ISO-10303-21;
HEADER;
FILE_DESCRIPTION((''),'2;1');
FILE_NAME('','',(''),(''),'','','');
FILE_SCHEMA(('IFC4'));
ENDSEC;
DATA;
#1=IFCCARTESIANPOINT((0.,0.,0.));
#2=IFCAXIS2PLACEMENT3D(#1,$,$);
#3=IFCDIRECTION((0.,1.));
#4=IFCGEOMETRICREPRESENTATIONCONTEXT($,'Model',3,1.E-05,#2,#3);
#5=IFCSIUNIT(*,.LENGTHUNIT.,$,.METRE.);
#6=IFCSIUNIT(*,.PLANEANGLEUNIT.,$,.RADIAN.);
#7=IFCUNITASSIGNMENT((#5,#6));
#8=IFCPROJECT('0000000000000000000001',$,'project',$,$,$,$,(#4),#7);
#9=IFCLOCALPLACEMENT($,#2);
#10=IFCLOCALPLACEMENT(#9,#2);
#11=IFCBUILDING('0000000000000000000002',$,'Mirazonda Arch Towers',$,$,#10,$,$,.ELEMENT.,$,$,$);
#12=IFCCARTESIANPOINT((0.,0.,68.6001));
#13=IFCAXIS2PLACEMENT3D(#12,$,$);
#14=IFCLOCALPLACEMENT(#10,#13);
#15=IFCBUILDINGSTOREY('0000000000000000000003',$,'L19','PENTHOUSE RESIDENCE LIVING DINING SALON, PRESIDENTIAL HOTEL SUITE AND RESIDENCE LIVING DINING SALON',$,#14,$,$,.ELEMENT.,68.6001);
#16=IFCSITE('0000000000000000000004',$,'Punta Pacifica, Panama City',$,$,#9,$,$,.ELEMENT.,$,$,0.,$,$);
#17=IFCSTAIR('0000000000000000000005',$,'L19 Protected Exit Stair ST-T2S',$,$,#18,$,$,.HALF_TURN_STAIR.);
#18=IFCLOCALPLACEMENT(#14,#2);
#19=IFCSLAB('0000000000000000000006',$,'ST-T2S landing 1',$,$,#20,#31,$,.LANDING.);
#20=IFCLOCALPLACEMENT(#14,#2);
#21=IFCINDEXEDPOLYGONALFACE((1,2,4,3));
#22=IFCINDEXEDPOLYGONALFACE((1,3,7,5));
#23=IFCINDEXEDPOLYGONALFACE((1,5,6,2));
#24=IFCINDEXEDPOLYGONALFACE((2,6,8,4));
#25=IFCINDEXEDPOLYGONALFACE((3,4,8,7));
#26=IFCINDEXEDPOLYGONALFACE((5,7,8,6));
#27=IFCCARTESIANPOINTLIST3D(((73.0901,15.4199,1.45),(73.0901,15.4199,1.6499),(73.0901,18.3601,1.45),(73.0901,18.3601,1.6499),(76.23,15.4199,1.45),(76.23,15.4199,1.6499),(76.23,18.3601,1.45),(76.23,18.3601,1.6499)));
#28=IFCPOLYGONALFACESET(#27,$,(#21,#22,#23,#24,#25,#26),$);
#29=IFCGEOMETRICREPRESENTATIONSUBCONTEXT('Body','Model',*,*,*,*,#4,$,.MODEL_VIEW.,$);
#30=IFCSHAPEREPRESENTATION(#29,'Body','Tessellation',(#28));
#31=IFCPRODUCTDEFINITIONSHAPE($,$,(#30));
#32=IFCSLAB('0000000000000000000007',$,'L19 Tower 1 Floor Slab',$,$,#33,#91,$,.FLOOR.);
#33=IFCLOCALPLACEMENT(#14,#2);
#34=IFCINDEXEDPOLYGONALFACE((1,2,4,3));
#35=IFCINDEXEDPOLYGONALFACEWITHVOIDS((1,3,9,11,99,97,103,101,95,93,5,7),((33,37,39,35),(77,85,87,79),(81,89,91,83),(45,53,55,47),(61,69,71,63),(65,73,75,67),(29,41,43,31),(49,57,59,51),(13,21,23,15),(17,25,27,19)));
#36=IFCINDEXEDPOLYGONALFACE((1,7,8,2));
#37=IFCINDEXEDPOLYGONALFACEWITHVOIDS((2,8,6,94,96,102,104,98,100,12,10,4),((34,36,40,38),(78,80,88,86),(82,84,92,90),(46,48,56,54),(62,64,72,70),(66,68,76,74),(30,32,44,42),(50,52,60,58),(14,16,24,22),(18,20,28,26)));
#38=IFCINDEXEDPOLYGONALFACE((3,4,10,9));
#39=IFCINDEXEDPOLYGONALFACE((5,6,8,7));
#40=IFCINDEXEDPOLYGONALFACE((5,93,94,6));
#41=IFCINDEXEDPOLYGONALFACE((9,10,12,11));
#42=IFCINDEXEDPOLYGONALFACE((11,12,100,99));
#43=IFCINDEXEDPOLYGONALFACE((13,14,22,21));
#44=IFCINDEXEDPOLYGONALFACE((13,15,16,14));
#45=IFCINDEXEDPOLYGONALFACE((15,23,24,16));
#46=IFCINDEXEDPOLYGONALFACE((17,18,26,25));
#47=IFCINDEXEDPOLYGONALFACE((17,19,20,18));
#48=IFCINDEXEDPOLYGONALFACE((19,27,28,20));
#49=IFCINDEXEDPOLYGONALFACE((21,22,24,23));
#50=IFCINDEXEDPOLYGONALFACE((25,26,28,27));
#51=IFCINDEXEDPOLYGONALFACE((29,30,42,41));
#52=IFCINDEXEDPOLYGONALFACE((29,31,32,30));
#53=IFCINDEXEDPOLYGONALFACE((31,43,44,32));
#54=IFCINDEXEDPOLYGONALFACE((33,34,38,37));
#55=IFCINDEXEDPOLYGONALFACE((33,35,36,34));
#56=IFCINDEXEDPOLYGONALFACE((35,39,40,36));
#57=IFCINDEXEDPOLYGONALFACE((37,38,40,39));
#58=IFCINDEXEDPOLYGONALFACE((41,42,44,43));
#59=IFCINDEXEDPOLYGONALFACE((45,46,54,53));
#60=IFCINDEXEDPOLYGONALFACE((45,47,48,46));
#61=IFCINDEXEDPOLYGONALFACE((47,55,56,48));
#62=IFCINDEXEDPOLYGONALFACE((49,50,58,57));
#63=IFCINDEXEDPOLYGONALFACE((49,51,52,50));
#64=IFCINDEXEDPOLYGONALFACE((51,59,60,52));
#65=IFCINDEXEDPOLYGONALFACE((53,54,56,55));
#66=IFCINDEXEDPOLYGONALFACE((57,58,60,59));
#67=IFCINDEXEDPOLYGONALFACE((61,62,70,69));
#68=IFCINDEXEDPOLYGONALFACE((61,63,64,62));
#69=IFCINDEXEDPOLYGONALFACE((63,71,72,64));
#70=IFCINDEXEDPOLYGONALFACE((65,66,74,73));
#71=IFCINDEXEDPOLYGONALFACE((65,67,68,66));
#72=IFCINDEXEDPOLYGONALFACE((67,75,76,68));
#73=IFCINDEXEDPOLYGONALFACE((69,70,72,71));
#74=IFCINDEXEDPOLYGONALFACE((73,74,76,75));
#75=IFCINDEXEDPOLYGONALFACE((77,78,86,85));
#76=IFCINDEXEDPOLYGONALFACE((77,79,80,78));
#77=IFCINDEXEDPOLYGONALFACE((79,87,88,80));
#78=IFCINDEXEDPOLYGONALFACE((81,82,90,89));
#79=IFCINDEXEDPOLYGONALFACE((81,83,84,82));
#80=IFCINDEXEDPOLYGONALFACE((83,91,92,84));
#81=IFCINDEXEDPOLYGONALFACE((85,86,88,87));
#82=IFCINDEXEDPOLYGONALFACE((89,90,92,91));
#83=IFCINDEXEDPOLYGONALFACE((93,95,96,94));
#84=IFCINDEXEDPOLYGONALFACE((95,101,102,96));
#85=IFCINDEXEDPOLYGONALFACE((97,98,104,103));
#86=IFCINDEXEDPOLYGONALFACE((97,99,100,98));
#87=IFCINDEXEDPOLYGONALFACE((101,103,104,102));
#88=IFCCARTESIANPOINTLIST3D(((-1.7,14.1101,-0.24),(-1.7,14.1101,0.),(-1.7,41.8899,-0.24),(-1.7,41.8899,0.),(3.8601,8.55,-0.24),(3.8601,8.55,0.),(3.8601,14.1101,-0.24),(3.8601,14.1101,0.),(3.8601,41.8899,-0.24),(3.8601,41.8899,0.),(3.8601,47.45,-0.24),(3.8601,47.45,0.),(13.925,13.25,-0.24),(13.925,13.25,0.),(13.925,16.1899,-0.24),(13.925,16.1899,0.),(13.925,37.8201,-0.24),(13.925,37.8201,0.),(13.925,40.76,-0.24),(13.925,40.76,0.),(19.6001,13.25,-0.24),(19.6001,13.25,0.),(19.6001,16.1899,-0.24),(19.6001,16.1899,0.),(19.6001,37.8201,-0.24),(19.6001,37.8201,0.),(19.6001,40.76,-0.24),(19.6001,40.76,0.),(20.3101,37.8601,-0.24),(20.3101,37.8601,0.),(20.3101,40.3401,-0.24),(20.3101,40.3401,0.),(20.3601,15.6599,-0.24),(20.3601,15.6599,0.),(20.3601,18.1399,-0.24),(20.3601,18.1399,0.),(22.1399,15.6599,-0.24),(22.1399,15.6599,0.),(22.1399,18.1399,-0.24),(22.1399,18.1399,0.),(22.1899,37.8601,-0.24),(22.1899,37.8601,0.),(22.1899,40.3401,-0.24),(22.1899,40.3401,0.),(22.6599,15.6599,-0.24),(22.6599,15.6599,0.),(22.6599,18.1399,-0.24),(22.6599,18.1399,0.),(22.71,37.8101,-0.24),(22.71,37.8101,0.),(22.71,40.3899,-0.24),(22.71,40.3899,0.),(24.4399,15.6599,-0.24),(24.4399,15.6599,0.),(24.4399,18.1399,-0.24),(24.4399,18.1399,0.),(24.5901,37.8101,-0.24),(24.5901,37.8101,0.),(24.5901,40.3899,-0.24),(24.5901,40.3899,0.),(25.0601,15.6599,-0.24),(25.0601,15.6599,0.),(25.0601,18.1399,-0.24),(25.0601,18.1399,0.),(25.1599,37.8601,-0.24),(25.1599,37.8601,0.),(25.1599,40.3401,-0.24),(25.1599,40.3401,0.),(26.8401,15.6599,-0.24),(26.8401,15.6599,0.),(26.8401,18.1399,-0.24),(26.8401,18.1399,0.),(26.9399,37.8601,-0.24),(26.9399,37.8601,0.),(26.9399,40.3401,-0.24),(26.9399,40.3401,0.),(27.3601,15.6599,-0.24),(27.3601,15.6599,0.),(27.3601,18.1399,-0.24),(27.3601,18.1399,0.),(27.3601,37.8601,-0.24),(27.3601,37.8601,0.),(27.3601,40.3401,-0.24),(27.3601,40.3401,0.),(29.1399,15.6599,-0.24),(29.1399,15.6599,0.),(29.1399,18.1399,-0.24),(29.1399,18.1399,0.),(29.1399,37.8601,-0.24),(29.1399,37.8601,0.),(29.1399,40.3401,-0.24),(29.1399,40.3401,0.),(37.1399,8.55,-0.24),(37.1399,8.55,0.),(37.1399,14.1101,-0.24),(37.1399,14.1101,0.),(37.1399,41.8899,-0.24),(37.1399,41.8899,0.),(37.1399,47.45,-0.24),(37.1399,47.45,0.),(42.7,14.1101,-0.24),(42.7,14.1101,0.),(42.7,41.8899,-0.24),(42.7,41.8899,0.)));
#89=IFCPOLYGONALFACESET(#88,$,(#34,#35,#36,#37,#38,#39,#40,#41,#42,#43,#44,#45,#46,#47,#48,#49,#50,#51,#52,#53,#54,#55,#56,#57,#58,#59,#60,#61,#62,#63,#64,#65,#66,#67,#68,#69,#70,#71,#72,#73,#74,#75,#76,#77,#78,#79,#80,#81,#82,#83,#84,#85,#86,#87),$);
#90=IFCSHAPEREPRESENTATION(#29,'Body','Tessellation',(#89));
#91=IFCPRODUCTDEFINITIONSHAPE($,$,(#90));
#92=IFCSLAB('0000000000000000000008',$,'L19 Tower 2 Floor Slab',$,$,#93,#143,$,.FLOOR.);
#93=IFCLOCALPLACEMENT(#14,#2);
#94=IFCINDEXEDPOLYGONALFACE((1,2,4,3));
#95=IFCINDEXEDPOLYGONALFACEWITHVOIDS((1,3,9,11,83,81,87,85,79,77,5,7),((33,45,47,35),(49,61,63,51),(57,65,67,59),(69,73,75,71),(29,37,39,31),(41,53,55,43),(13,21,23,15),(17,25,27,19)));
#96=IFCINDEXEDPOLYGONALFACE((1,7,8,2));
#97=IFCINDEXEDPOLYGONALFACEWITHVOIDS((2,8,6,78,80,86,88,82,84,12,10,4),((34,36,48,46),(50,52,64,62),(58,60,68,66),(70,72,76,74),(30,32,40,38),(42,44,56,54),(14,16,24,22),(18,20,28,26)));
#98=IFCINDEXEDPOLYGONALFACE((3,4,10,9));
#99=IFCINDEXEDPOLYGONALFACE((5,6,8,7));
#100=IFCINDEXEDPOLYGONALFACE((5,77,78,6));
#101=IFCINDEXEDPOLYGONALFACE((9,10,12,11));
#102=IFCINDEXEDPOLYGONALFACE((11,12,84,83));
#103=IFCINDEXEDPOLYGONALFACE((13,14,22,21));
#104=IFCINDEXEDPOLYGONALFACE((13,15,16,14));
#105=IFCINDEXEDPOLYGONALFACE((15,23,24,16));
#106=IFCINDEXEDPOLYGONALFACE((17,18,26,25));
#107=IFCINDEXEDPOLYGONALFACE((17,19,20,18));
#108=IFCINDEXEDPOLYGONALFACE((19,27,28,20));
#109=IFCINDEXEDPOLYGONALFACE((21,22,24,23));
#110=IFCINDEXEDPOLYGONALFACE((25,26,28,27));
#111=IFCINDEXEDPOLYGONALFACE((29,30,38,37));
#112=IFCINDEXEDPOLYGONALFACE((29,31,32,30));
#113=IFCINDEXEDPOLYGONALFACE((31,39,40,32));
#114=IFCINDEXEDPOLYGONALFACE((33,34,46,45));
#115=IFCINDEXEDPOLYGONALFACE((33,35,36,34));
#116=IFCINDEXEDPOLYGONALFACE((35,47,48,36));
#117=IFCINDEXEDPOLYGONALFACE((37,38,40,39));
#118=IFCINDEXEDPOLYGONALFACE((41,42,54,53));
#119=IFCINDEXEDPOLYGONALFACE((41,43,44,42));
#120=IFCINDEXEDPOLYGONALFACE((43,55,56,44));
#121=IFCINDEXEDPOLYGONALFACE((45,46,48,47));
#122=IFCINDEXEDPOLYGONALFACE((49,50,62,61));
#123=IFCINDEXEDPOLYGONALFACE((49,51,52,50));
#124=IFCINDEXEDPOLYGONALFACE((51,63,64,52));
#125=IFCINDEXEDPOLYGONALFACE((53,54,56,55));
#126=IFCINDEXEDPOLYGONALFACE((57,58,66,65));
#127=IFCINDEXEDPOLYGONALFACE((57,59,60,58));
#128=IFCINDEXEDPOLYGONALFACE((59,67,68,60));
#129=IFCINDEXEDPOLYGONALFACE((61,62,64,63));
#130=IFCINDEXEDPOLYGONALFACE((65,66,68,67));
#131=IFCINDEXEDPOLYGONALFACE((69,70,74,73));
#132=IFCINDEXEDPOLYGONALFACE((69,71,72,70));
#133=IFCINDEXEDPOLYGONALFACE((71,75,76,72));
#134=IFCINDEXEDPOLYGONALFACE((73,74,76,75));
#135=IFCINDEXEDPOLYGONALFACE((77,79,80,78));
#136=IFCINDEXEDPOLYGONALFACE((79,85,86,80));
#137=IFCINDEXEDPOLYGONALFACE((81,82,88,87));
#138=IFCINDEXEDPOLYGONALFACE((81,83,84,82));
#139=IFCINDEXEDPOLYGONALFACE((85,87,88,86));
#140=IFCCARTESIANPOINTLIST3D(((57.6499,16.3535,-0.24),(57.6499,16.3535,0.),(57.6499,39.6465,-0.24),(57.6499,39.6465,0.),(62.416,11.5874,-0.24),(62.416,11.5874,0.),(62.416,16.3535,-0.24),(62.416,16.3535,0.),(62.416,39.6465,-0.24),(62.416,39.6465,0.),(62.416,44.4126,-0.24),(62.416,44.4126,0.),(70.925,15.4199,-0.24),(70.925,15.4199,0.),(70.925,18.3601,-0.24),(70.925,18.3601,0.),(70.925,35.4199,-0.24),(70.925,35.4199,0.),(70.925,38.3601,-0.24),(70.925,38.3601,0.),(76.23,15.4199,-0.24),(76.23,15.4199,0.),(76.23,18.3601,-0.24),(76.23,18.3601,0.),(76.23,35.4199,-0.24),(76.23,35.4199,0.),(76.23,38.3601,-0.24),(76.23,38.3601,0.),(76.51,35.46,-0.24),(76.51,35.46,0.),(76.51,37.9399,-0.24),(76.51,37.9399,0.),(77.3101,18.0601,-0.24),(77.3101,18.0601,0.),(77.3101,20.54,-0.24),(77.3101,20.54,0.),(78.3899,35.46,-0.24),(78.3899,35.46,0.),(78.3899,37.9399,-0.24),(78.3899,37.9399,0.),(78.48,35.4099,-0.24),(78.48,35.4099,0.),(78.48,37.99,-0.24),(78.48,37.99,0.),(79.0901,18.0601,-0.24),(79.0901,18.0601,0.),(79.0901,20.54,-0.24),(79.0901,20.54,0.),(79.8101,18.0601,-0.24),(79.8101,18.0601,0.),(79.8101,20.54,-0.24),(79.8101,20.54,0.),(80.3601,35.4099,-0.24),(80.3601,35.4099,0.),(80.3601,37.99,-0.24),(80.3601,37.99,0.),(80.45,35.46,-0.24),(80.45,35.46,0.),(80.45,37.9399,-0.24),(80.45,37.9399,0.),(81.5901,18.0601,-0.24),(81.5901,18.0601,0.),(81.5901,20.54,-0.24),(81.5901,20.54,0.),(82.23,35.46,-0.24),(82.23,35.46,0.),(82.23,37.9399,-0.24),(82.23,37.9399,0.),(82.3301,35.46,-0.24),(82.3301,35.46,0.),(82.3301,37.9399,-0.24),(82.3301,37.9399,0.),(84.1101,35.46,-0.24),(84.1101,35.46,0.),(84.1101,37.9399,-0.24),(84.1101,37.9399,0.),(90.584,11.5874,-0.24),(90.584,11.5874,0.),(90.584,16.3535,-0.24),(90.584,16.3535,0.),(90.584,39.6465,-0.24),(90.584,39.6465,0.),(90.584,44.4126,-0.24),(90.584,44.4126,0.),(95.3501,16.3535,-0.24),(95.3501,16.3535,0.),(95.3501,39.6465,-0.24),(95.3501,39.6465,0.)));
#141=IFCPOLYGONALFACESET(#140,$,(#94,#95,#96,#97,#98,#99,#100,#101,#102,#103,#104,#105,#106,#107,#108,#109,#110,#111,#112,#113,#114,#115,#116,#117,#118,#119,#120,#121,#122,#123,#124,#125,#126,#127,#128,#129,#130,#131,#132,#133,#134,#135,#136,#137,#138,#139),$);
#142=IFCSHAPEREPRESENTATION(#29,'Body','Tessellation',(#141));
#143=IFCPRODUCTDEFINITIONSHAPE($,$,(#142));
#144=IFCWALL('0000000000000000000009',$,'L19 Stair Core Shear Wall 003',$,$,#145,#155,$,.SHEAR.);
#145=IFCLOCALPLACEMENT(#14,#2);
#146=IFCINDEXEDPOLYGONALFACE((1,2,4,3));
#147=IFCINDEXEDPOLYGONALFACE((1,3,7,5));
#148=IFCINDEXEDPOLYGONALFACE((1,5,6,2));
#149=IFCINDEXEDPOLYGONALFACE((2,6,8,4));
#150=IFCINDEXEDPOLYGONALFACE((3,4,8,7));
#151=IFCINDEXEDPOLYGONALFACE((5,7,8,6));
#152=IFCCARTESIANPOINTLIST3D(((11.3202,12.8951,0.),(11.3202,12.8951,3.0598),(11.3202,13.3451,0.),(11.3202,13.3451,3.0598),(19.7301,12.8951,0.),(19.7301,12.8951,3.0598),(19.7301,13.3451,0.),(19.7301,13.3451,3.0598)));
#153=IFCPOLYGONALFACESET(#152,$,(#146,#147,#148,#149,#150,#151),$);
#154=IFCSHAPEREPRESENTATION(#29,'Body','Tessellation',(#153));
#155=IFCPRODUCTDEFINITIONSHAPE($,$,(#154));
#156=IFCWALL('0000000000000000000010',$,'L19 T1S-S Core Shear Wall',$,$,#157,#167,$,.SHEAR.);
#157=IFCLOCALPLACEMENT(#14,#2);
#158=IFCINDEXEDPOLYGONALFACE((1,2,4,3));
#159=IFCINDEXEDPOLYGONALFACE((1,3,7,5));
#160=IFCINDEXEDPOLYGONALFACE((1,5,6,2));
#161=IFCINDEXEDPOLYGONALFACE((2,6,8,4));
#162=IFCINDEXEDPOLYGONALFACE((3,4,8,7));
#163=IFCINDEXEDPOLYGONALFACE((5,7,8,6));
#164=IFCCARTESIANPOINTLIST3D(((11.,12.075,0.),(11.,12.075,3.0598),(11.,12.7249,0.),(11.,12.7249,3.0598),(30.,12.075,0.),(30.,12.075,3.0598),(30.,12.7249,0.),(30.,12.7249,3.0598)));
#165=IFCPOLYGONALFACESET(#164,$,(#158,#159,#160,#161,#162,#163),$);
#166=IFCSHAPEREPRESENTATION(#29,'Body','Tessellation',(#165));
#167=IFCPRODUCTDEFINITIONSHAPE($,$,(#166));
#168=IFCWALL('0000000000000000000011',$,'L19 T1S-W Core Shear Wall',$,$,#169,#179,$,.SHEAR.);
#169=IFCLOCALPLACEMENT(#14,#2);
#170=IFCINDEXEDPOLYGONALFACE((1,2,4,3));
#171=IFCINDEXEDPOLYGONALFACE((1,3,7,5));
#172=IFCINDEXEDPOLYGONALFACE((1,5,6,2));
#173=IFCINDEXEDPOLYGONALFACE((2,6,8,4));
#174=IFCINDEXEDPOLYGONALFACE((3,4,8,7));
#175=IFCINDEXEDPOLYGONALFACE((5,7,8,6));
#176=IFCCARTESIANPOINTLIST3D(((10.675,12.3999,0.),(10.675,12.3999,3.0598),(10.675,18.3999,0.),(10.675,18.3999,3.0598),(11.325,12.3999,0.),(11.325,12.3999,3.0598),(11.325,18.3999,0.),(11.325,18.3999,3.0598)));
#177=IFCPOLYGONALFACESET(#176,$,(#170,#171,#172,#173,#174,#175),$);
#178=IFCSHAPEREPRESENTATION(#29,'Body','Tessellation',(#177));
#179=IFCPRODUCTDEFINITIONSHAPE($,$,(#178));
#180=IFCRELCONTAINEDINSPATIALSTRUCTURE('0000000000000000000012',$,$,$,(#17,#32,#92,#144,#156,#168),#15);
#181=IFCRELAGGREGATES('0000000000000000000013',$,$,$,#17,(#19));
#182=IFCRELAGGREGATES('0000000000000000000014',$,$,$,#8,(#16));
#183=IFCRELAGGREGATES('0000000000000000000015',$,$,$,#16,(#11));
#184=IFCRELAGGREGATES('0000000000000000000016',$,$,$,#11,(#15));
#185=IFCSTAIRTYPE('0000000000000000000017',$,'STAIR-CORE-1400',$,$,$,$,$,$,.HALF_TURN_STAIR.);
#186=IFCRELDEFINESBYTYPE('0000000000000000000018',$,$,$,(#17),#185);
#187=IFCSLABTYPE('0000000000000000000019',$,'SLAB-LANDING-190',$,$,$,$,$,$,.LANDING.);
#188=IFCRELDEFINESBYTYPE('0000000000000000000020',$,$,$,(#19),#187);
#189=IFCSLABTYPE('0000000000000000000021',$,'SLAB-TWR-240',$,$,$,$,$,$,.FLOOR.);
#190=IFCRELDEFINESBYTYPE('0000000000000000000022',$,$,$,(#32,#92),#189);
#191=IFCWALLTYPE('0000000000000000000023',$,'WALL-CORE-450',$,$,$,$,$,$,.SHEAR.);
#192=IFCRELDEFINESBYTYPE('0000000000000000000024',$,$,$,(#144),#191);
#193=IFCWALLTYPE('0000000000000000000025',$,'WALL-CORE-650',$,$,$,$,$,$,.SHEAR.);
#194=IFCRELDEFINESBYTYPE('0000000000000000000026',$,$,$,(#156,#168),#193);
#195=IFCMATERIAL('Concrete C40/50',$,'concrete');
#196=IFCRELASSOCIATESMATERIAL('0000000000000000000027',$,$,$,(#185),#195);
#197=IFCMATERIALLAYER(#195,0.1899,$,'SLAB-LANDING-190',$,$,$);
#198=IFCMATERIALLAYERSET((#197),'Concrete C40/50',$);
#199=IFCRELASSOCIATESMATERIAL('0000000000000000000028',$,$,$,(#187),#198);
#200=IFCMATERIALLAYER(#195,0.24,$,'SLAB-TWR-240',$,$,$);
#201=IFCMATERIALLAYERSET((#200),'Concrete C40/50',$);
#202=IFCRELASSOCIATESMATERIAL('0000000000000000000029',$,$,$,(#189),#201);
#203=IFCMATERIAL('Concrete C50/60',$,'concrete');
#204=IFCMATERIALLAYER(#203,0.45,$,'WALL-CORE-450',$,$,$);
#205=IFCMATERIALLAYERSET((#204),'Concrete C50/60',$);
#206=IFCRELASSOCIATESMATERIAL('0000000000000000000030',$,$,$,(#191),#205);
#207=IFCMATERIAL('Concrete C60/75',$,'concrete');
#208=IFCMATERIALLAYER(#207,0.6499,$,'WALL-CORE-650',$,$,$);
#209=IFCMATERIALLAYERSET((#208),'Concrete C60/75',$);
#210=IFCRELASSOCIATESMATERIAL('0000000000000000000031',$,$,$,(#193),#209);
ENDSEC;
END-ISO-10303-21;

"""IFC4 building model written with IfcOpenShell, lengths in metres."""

from ifc_helpers import new_model, si_unit, direction, frame, frame_2d, origin, place, context, subcontext, project, spatial, polyline, rectangle, outline, extrude, material, layer, layer_set, type_object, element, aggregate, save


model = new_model("IFC4")

# Units and contexts
model_context = context("Model", 3, precision=1e-05, world=origin(), true_north=direction((0.0, 1.0)))
body_context = subcontext(model_context, "Body", "Model", "MODEL_VIEW")
ifc_project = project(units=[si_unit("LENGTHUNIT", "METRE"), si_unit("PLANEANGLEUNIT", "RADIAN")], contexts=[model_context])

# Site, building, storey
site_placement = place(None, origin())
site = spatial("IfcSite", under=ifc_project, at=site_placement, Name="Punta Pacifica, Panama City", CompositionType="ELEMENT", RefElevation=0.0)
building_placement = place(site_placement, origin())
building = spatial("IfcBuilding", under=site, at=building_placement, Name="Mirazonda Arch Towers", CompositionType="ELEMENT")
storey_placement = place(building_placement, frame((0.0, 0.0, 68.6001)))
storey = spatial("IfcBuildingStorey", under=building, at=storey_placement, Name="L19", Description="PENTHOUSE RESIDENCE LIVING DINING SALON, PRESIDENTIAL HOTEL SUITE AND RESIDENCE LIVING DINING SALON", CompositionType="ELEMENT", Elevation=68.6001)

# Shared definitions
ifc_material_1 = material(Name="Concrete C60/75", Category="concrete")

# Stair, slab
ifc_material_2 = material(Name="Concrete C40/50", Category="concrete")
stair_type = type_object("IfcStairType", Name="STAIR-CORE-1400", PredefinedType="HALF_TURN_STAIR", material=ifc_material_2)
ifc_layer_1 = layer(ifc_material_2, 0.1899, Name="SLAB-LANDING-190")
ifc_layer_set_1 = layer_set([ifc_layer_1], Name="Concrete C40/50")
slab_type_1 = type_object("IfcSlabType", Name="SLAB-LANDING-190", PredefinedType="LANDING", material=ifc_layer_set_1)
stair_1_placement = place(storey_placement, origin())
stair_1 = element("IfcStair", 1, at=stair_1_placement, inside=storey, type_object=stair_type, Name="L19 Protected Exit Stair ST-T2S", PredefinedType="HALF_TURN_STAIR")
slab_1_placement = place(storey_placement, frame((0.0, 0.0, 1.45)))
slab_1 = element("IfcSlab", 2, at=slab_1_placement, type_object=slab_type_1, Name="ST-T2S landing 1", PredefinedType="LANDING", context=body_context, shape_type="SweptSolid", body=[
    extrude(outline(polyline([(73.0901, 15.4199), (76.23, 15.4199), (76.23, 18.3601), (73.0901, 18.3601), (73.0901, 15.4199)])), origin(), (0.0, 0.0, 1.0), 0.2),
])
aggregate(stair_1, [slab_1])

# Slabs
ifc_layer_2 = layer(ifc_material_2, 0.24, Name="SLAB-TWR-240")
ifc_layer_set_2 = layer_set([ifc_layer_2], Name="Concrete C40/50")
slab_type_2 = type_object("IfcSlabType", Name="SLAB-TWR-240", PredefinedType="FLOOR", material=ifc_layer_set_2)
slab_2_placement = place(storey_placement, frame((0.0, 0.0, -0.24)))
element("IfcSlab", 3, at=slab_2_placement, inside=storey, type_object=slab_type_2, Name="L19 Tower 1 Floor Slab", PredefinedType="FLOOR", context=body_context, shape_type="SweptSolid", body=[
    extrude(outline(polyline([(3.8601, 8.55), (37.1399, 8.55), (37.1399, 14.1101), (42.7, 14.1101), (42.7, 41.8899), (37.1399, 41.8899), (37.1399, 47.45), (3.8601, 47.45), (3.8601, 41.8899), (-1.7, 41.8899), (-1.7, 14.1101), (3.8601, 14.1101), (3.8601, 8.55)]), holes=[polyline([(29.1399, 18.1399), (29.1399, 15.6599), (27.3601, 15.6599), (27.3601, 18.1399), (29.1399, 18.1399)]), polyline([(29.1399, 40.3401), (29.1399, 37.8601), (27.3601, 37.8601), (27.3601, 40.3401), (29.1399, 40.3401)]), polyline([(25.1599, 40.3401), (26.9399, 40.3401), (26.9399, 37.8601), (25.1599, 37.8601), (25.1599, 40.3401)]), polyline([(26.8401, 18.1399), (26.8401, 15.6599), (25.0601, 15.6599), (25.0601, 18.1399), (26.8401, 18.1399)]), polyline([(22.71, 40.3899), (24.5901, 40.3899), (24.5901, 37.8101), (22.71, 37.8101), (22.71, 40.3899)]), polyline([(22.6599, 18.1399), (24.4399, 18.1399), (24.4399, 15.6599), (22.6599, 15.6599), (22.6599, 18.1399)]), polyline([(20.3101, 40.3401), (22.1899, 40.3401), (22.1899, 37.8601), (20.3101, 37.8601), (20.3101, 40.3401)]), polyline([(20.3601, 18.1399), (22.1399, 18.1399), (22.1399, 15.6599), (20.3601, 15.6599), (20.3601, 18.1399)]), polyline([(13.925, 40.76), (19.6001, 40.76), (19.6001, 37.8201), (13.925, 37.8201), (13.925, 40.76)]), polyline([(13.925, 13.25), (13.925, 16.1899), (19.6001, 16.1899), (19.6001, 13.25), (13.925, 13.25)])]), origin(), (0.0, 0.0, 1.0), 0.24),
])
slab_3_placement = place(storey_placement, frame((0.0, 0.0, -0.24)))
element("IfcSlab", 4, at=slab_3_placement, inside=storey, type_object=slab_type_2, Name="L19 Tower 2 Floor Slab", PredefinedType="FLOOR", context=body_context, shape_type="SweptSolid", body=[
    extrude(outline(polyline([(62.416, 11.5874), (90.584, 11.5874), (90.584, 16.3535), (95.3501, 16.3535), (95.3501, 39.6465), (90.584, 39.6465), (90.584, 44.4126), (62.416, 44.4126), (62.416, 39.6465), (57.6499, 39.6465), (57.6499, 16.3535), (62.416, 16.3535), (62.416, 11.5874)]), holes=[polyline([(82.3301, 37.9399), (84.1101, 37.9399), (84.1101, 35.46), (82.3301, 35.46), (82.3301, 37.9399)]), polyline([(80.45, 37.9399), (82.23, 37.9399), (82.23, 35.46), (80.45, 35.46), (80.45, 37.9399)]), polyline([(79.8101, 20.54), (81.5901, 20.54), (81.5901, 18.0601), (79.8101, 18.0601), (79.8101, 20.54)]), polyline([(78.48, 37.99), (80.3601, 37.99), (80.3601, 35.4099), (78.48, 35.4099), (78.48, 37.99)]), polyline([(77.3101, 20.54), (79.0901, 20.54), (79.0901, 18.0601), (77.3101, 18.0601), (77.3101, 20.54)]), polyline([(76.51, 37.9399), (78.3899, 37.9399), (78.3899, 35.46), (76.51, 35.46), (76.51, 37.9399)]), polyline([(70.925, 15.4199), (70.925, 18.3601), (76.23, 18.3601), (76.23, 15.4199), (70.925, 15.4199)]), polyline([(70.925, 35.4199), (70.925, 38.3601), (76.23, 38.3601), (76.23, 35.4199), (70.925, 35.4199)])]), origin(), (0.0, 0.0, 1.0), 0.24),
])

# Walls
ifc_material_3 = material(Name="Concrete C50/60", Category="concrete")
ifc_layer_3 = layer(ifc_material_3, 0.45, Name="WALL-CORE-450")
ifc_layer_set_3 = layer_set([ifc_layer_3], Name="Concrete C50/60")
wall_type_1 = type_object("IfcWallType", Name="WALL-CORE-450", PredefinedType="SHEAR", material=ifc_layer_set_3)
wall_1_placement = place(storey_placement, frame((11.3201, 13.1201, 0.0), z_axis=(0.0, 0.0, 1.0), x_axis=(1.0, 0.0, 0.0)))
element("IfcWall", 5, at=wall_1_placement, inside=storey, type_object=wall_type_1, Name="L19 Stair Core Shear Wall 003", PredefinedType="SHEAR", context=body_context, shape_type="SweptSolid", body=[
    extrude(rectangle(XDim=8.4099, YDim=0.45, at=frame_2d((4.2051, 0.0))), origin(), (0.0, 0.0, 1.0), 3.0598),
])
ifc_layer_4 = layer(ifc_material_1, 0.6499, Name="WALL-CORE-650")
ifc_layer_set_4 = layer_set([ifc_layer_4], Name="Concrete C60/75")
wall_type_2 = type_object("IfcWallType", Name="WALL-CORE-650", PredefinedType="SHEAR", material=ifc_layer_set_4)
wall_2_placement = place(storey_placement, frame((11.0, 12.3999, 0.0), z_axis=(0.0, 0.0, 1.0), x_axis=(1.0, 0.0, 0.0)))
element("IfcWall", 6, at=wall_2_placement, inside=storey, type_object=wall_type_2, Name="L19 T1S-S Core Shear Wall", PredefinedType="SHEAR", context=body_context, shape_type="SweptSolid", body=[
    extrude(rectangle(XDim=19.0, YDim=0.6499, at=frame_2d((9.5, 0.0))), origin(), (0.0, 0.0, 1.0), 3.0598),
])
wall_3_placement = place(storey_placement, frame((11.0, 12.3999, 0.0), z_axis=(0.0, 0.0, 1.0), x_axis=(0.0, 1.0, 0.0)))
element("IfcWall", 7, at=wall_3_placement, inside=storey, type_object=wall_type_2, Name="L19 T1S-W Core Shear Wall", PredefinedType="SHEAR", context=body_context, shape_type="SweptSolid", body=[
    extrude(rectangle(XDim=6.0, YDim=0.6499, at=frame_2d((3.0, 0.0))), origin(), (0.0, 0.0, 1.0), 3.0598),
])

save(model, "model.ifc")
